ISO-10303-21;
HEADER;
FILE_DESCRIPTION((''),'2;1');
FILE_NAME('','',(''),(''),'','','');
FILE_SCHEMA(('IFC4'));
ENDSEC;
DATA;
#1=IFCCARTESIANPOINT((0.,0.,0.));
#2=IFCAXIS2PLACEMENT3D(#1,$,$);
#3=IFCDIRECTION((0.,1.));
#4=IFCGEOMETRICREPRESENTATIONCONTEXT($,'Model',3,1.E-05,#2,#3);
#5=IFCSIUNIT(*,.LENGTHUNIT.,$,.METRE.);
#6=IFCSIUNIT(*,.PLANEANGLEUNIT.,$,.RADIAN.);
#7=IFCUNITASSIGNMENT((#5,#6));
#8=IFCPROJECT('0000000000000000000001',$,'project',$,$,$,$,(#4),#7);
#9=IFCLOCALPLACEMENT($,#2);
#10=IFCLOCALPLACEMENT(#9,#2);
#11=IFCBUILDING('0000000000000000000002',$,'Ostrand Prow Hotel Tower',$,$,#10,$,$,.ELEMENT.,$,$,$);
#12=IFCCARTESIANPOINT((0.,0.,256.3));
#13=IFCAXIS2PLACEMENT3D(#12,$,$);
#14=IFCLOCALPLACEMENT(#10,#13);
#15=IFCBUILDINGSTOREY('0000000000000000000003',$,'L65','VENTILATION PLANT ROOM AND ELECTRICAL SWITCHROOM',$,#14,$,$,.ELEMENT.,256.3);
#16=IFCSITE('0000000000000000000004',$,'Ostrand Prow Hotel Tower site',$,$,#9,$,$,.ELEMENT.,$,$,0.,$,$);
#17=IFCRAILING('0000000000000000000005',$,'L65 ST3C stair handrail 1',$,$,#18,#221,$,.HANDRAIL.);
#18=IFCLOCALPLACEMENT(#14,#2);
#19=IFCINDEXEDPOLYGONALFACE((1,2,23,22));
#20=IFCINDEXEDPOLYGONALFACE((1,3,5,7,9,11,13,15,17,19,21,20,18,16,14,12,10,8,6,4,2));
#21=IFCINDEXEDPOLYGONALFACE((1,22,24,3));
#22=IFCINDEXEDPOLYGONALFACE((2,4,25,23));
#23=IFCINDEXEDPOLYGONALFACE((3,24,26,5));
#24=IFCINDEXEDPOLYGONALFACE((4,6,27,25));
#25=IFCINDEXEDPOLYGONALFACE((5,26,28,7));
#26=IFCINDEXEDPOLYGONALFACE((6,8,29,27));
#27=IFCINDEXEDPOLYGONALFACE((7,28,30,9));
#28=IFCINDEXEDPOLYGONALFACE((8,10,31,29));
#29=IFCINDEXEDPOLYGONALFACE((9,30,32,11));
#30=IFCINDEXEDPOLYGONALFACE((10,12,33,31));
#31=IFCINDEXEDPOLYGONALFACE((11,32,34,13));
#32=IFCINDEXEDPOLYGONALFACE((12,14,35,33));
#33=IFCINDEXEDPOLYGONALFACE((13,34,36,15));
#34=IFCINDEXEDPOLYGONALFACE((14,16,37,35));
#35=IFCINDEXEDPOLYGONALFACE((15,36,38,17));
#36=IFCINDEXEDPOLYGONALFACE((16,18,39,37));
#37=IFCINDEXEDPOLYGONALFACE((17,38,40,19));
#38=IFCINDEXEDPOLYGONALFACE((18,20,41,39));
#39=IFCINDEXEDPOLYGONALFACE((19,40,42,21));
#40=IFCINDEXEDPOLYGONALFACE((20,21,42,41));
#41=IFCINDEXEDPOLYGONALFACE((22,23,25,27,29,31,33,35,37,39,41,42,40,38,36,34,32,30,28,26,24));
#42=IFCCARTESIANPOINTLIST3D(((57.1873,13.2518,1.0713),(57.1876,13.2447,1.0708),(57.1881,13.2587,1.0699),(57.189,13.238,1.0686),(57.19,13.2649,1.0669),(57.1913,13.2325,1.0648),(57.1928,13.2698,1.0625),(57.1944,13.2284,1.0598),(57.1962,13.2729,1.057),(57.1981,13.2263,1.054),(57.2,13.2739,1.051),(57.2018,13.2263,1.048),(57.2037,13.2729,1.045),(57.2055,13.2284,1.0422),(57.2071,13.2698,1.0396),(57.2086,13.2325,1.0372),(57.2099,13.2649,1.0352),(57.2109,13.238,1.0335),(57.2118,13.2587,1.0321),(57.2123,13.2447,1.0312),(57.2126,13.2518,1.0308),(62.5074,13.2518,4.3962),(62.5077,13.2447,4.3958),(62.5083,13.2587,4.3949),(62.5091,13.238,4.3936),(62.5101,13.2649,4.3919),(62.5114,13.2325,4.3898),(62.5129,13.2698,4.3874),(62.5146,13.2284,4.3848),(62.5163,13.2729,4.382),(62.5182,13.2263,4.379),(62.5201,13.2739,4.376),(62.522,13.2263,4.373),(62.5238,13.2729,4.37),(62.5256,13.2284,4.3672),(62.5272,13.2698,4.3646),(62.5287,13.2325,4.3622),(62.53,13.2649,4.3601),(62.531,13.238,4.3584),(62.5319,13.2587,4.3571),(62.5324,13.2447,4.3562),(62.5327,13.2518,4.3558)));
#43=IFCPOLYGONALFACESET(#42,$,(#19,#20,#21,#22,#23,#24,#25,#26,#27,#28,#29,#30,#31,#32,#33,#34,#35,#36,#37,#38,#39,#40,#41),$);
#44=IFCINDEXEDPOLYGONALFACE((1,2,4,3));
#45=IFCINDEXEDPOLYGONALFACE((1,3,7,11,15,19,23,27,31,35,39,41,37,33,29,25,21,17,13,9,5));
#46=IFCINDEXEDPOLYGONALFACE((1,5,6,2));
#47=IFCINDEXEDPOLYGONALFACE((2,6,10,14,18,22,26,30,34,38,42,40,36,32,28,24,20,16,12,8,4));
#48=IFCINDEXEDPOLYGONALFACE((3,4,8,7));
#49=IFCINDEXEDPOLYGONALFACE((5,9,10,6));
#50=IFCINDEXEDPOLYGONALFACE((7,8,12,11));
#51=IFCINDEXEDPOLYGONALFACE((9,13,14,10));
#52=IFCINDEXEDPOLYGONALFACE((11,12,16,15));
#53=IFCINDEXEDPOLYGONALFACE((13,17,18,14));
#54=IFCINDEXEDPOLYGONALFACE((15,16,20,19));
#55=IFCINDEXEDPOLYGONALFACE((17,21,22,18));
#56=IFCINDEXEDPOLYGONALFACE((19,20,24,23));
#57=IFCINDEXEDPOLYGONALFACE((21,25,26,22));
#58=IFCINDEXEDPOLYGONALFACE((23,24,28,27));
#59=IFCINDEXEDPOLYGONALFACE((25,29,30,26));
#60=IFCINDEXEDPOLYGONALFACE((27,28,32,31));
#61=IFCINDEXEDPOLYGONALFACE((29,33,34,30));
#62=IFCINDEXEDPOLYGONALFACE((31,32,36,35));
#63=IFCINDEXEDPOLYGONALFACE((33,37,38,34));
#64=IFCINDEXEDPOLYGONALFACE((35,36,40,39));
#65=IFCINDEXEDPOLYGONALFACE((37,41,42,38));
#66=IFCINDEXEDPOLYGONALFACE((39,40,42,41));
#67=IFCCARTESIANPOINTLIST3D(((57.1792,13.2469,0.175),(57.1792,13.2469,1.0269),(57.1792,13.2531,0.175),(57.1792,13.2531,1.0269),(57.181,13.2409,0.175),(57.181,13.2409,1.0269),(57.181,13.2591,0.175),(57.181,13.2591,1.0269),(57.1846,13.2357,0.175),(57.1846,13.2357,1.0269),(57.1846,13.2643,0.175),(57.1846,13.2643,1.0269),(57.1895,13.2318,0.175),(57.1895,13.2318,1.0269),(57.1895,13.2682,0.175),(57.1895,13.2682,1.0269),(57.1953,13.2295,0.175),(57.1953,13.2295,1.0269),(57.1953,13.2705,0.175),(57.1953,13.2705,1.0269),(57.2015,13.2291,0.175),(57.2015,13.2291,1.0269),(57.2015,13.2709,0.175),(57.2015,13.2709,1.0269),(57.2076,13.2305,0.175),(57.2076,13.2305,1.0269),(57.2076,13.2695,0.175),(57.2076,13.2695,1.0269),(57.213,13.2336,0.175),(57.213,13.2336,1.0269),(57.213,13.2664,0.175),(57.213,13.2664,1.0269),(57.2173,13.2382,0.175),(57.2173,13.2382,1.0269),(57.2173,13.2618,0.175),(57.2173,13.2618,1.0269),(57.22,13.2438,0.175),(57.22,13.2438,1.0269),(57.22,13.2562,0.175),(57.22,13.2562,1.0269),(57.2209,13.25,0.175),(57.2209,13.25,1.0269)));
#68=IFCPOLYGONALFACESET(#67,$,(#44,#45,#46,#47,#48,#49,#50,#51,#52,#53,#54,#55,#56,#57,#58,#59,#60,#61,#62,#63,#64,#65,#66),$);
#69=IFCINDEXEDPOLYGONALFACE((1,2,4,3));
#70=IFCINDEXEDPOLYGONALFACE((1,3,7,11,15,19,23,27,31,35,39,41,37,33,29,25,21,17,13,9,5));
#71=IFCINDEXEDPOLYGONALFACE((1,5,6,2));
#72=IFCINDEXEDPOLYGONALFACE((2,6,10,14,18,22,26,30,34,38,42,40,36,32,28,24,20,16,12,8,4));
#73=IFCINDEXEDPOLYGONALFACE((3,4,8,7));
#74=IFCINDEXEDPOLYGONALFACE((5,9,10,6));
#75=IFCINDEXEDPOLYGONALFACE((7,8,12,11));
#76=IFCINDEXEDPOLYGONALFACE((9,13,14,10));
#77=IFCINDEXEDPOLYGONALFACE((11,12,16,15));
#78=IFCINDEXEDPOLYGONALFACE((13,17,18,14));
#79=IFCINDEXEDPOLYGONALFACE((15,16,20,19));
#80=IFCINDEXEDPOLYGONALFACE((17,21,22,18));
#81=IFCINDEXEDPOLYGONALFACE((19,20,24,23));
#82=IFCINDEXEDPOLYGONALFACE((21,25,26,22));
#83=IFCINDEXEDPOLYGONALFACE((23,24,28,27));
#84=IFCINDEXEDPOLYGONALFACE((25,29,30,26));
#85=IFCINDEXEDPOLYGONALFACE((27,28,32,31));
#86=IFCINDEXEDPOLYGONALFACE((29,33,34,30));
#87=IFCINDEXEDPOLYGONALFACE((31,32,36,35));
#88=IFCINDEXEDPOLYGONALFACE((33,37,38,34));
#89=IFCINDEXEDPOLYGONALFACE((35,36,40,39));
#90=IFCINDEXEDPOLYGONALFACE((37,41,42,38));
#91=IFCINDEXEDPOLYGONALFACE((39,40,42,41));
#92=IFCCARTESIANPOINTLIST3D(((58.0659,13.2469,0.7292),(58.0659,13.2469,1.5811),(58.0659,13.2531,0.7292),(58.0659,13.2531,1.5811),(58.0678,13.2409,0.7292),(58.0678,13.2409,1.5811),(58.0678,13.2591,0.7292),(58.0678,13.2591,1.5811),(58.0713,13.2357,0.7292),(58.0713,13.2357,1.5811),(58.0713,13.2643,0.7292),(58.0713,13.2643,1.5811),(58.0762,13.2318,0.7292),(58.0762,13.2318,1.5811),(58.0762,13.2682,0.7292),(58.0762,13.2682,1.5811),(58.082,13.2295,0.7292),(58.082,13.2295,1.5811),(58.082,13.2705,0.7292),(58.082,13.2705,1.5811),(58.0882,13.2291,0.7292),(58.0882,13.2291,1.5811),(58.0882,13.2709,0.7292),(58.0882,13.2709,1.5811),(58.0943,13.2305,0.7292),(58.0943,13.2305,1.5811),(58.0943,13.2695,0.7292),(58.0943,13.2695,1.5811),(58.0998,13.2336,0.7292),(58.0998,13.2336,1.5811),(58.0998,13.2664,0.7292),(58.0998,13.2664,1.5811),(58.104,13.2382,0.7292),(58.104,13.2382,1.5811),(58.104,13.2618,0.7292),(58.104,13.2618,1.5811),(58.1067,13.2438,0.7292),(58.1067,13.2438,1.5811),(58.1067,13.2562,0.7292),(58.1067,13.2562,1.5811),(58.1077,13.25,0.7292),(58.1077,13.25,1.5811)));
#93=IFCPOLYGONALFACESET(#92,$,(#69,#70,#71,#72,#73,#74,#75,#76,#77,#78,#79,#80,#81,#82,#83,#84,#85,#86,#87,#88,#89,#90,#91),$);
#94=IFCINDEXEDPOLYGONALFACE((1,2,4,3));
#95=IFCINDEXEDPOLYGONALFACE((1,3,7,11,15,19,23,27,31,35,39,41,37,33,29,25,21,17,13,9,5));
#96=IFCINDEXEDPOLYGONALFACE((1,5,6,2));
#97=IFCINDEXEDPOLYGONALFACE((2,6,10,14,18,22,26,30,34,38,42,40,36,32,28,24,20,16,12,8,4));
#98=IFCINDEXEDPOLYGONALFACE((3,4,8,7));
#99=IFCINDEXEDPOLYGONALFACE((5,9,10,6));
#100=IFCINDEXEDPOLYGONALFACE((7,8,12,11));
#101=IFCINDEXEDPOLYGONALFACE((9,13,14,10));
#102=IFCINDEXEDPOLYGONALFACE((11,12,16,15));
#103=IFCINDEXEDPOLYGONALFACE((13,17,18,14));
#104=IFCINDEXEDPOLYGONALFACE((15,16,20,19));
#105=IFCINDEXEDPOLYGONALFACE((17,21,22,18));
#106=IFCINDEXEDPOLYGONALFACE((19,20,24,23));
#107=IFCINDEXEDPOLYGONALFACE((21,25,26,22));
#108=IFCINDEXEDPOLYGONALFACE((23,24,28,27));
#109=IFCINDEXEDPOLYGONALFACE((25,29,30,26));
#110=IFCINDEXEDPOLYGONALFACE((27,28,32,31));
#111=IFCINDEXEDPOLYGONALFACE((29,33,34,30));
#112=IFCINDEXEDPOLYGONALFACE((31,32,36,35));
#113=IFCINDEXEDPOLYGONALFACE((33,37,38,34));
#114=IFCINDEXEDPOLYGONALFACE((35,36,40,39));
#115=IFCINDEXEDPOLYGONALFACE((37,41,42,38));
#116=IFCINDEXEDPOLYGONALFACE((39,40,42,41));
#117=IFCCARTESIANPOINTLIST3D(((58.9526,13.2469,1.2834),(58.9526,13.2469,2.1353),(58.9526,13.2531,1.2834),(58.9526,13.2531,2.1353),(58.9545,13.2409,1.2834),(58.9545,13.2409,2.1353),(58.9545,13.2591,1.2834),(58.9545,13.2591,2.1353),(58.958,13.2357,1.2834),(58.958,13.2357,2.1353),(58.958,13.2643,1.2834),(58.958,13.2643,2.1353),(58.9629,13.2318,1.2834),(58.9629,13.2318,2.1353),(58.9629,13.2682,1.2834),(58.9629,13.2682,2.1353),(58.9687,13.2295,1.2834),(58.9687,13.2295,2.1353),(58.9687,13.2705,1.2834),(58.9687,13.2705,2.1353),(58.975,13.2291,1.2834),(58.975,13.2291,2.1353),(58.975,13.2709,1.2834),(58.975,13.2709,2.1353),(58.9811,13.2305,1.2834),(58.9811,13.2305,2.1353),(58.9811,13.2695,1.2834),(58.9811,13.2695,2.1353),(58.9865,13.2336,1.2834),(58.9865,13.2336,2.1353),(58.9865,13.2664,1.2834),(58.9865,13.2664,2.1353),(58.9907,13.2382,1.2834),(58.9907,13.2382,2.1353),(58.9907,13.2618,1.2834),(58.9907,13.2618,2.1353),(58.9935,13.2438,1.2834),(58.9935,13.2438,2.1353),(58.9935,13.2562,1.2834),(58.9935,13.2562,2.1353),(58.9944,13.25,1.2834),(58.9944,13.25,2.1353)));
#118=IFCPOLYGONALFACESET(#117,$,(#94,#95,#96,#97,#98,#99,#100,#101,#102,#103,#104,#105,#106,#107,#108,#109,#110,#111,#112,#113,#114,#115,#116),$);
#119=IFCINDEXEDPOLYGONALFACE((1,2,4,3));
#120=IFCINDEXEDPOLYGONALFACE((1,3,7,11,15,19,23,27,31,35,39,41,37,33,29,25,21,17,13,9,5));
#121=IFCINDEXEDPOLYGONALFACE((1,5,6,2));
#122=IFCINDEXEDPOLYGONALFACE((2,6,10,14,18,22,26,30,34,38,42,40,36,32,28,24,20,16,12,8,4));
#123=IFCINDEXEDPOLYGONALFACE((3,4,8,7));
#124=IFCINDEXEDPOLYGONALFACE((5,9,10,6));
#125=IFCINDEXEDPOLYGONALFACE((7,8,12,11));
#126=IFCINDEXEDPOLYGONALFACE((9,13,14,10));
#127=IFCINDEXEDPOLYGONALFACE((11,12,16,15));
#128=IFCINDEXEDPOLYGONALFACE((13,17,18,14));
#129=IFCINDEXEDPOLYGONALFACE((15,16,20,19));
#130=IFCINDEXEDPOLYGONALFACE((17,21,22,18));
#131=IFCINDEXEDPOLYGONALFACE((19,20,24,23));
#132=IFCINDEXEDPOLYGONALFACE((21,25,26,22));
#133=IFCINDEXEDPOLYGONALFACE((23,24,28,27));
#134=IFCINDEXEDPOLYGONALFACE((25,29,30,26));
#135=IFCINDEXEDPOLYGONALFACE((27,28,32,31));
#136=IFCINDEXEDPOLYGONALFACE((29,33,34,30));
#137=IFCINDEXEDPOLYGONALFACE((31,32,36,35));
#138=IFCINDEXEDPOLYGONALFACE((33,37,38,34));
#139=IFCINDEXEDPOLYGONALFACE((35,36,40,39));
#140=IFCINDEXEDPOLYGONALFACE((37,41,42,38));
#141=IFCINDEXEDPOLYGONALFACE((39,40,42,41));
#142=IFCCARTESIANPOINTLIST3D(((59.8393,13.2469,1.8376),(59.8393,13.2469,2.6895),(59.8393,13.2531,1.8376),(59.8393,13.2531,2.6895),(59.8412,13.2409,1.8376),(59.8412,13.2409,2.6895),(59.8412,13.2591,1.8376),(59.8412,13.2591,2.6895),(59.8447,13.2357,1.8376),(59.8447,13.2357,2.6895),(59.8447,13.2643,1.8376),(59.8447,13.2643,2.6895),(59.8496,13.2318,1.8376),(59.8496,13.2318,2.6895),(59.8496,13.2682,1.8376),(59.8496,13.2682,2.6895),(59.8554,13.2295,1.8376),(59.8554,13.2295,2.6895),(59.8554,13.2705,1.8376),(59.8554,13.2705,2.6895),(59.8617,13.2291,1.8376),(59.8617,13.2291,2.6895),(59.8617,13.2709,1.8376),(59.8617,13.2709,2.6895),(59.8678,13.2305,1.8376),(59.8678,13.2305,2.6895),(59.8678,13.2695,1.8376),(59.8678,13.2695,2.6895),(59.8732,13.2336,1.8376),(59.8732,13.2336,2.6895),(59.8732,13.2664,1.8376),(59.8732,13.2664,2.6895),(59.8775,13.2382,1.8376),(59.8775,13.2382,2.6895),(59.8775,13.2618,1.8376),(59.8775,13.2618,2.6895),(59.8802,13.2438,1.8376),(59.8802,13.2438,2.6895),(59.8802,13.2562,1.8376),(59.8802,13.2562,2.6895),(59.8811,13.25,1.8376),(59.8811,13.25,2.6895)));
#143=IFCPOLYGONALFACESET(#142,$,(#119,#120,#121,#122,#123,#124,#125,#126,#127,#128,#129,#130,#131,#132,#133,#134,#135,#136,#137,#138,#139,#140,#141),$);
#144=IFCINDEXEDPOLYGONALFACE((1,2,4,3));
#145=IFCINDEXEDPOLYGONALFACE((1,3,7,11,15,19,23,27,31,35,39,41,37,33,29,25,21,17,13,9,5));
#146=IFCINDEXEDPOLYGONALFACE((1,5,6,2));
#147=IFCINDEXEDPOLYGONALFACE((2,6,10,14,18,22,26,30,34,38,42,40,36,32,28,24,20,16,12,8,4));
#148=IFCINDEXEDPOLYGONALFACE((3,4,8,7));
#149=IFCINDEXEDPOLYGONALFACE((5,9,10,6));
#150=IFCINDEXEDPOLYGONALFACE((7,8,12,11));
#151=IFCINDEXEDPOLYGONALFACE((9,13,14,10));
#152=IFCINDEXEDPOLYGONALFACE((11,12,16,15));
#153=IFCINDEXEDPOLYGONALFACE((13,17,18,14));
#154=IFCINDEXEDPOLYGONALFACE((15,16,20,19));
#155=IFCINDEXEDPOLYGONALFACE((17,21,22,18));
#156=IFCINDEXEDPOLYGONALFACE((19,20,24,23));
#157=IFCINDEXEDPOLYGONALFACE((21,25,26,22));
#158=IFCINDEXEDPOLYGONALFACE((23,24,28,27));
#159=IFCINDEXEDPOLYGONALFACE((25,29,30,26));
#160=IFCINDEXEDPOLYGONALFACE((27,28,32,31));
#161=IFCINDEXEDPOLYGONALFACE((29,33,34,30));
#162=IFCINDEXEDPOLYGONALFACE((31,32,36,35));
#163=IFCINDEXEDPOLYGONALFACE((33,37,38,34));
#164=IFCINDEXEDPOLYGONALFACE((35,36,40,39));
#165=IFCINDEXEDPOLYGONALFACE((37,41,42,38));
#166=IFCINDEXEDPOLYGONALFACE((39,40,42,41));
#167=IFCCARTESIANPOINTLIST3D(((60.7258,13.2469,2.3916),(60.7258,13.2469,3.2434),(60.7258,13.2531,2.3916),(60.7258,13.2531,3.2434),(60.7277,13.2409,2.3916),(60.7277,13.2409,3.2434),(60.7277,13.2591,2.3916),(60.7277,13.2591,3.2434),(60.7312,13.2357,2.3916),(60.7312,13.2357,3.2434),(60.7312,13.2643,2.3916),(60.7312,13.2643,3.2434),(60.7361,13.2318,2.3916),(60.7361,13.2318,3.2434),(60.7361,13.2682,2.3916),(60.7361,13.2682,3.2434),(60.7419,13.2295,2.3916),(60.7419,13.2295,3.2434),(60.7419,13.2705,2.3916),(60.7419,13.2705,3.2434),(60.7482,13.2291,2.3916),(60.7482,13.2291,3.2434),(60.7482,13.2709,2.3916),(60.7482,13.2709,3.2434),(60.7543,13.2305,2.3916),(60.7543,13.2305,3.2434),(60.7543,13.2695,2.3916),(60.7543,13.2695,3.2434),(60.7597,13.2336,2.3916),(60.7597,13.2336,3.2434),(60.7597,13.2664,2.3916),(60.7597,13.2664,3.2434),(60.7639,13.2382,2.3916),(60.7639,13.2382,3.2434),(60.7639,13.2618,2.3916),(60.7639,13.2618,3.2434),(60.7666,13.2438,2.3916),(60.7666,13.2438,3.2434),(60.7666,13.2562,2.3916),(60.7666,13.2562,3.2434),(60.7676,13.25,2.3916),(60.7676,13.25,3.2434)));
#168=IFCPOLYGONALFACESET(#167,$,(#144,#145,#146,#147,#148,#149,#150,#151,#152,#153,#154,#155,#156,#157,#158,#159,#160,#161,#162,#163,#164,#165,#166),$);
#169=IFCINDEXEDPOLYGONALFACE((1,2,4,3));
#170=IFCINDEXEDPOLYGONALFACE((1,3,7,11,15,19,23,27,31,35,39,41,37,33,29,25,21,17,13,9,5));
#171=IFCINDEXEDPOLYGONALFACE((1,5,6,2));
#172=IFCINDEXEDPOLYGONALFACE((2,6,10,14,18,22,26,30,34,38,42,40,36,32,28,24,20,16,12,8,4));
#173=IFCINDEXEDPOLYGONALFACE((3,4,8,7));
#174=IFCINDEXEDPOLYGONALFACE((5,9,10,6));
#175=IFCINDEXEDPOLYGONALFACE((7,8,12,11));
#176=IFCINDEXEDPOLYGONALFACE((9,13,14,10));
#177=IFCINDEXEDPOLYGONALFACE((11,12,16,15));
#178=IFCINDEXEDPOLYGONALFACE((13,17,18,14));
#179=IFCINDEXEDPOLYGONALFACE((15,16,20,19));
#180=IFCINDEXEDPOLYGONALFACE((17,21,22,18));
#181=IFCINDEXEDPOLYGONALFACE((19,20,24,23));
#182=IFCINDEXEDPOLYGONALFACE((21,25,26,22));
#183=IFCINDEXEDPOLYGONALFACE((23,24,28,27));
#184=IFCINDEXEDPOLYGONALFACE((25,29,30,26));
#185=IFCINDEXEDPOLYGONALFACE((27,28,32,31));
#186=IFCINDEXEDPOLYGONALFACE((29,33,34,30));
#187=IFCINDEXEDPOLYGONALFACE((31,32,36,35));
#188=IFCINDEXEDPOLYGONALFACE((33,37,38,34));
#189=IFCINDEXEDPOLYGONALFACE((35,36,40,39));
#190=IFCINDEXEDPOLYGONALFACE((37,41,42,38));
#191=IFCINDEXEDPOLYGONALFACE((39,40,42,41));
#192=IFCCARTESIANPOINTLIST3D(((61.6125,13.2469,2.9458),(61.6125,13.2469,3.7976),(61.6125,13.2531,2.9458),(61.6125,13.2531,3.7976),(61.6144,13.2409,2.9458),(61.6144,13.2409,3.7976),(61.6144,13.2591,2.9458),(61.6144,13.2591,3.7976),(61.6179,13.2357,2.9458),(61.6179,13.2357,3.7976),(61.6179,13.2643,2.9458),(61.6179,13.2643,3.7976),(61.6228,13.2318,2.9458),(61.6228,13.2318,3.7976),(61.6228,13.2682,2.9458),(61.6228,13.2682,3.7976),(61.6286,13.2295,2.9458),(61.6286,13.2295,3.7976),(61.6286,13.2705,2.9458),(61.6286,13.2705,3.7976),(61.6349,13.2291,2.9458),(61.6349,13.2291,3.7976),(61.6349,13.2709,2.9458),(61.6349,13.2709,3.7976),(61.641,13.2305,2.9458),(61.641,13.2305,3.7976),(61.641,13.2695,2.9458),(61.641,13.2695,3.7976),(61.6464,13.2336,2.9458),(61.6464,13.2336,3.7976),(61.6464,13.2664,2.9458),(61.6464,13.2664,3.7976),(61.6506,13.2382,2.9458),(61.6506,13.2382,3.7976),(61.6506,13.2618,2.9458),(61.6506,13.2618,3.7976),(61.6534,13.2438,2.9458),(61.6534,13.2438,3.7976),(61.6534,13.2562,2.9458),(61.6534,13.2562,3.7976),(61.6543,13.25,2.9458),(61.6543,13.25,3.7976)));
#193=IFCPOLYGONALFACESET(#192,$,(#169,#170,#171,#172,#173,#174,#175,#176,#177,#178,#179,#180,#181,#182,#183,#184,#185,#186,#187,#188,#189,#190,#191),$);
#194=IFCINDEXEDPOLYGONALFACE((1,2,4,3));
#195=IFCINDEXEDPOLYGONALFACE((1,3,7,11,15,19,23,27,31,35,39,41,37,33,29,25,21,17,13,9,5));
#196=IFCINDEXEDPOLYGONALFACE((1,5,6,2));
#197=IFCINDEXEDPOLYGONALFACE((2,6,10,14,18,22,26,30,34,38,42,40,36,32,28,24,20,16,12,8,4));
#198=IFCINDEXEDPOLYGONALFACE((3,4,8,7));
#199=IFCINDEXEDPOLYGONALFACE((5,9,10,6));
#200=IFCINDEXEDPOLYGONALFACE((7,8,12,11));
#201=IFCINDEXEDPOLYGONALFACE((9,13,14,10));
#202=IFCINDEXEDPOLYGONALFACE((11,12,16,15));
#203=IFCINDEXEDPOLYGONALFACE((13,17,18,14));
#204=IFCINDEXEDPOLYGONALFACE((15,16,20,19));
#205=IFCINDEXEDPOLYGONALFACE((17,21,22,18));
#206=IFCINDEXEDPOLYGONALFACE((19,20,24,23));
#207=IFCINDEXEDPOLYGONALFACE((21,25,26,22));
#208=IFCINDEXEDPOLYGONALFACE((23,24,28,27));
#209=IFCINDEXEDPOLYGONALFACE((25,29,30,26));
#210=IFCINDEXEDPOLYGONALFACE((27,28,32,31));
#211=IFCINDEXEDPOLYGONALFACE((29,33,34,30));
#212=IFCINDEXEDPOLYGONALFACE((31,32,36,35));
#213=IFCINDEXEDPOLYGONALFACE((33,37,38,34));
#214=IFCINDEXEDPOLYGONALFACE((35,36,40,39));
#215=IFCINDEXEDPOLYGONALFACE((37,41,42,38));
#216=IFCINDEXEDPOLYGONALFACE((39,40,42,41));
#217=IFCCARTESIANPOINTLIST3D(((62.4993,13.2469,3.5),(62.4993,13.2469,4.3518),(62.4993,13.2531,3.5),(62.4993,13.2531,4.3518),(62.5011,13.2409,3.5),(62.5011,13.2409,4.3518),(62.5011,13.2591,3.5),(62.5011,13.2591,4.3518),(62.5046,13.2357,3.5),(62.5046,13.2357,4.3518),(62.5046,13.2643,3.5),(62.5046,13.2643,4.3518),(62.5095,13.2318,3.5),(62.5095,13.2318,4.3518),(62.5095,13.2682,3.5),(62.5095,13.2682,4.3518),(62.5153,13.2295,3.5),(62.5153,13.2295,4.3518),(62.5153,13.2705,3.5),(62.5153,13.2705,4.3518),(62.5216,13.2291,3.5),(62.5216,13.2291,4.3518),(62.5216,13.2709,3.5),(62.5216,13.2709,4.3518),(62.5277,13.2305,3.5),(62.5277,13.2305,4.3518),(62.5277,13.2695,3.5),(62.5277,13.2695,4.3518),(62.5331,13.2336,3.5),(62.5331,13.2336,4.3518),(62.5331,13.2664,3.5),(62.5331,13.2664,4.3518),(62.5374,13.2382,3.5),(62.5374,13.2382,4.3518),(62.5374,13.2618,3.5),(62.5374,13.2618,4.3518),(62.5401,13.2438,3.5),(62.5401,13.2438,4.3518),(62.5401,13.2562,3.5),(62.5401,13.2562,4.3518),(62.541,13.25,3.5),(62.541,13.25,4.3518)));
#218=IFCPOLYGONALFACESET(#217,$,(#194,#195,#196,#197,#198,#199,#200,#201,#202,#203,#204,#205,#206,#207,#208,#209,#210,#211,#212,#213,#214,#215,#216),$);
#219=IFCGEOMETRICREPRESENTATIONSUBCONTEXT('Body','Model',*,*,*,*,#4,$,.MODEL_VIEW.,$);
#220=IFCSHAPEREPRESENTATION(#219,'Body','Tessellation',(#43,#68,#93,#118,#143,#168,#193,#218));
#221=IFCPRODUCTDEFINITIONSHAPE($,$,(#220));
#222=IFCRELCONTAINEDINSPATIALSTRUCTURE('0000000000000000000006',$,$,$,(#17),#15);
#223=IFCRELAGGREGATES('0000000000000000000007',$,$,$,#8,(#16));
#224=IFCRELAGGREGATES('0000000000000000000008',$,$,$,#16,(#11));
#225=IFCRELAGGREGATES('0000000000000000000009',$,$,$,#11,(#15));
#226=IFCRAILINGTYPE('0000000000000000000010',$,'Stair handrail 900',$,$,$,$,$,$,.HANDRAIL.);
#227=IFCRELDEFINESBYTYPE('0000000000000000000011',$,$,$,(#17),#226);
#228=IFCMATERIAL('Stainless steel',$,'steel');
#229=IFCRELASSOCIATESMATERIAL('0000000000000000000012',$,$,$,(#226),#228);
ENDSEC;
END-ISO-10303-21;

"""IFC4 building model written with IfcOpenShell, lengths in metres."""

from ifc_helpers import new_model, si_unit, direction, frame, origin, origin_2d, place, context, subcontext, project, spatial, circle, extrude, material, type_object, element, save


model = new_model("IFC4")

# Units and contexts
model_context = context("Model", 3, precision=1e-05, world=origin(), true_north=direction((0.0, 1.0)))
body_context = subcontext(model_context, "Body", "Model", "MODEL_VIEW")
ifc_project = project(units=[si_unit("LENGTHUNIT", "METRE"), si_unit("PLANEANGLEUNIT", "RADIAN")], contexts=[model_context])

# Site, building, storey
site_placement = place(None, origin())
site = spatial("IfcSite", under=ifc_project, at=site_placement, Name="Ostrand Prow Hotel Tower site", CompositionType="ELEMENT", RefElevation=0.0)
building_placement = place(site_placement, origin())
building = spatial("IfcBuilding", under=site, at=building_placement, Name="Ostrand Prow Hotel Tower", CompositionType="ELEMENT")
storey_placement = place(building_placement, frame((0.0, 0.0, 256.3)))
storey = spatial("IfcBuildingStorey", under=building, at=storey_placement, Name="L65", Description="VENTILATION PLANT ROOM AND ELECTRICAL SWITCHROOM", CompositionType="ELEMENT", Elevation=256.3)

# Railing
ifc_material_1 = material(Name="Stainless steel", Category="steel")
railing_type_1 = type_object("IfcRailingType", Name="Stair handrail 900", PredefinedType="HANDRAIL", material=ifc_material_1)
railing_1_placement = place(storey_placement, frame((57.2, 13.25, 0.175)))
element("IfcRailing", 1, at=railing_1_placement, inside=storey, type_object=railing_type_1, Name="L65 ST3C stair handrail 1", PredefinedType="HANDRAIL", context=body_context, shape_type="SweptSolid", body=[
    extrude(circle(Radius=0.0239, at=origin_2d()), frame((0.0, 0.0, 0.876), z_axis=(0.848005, 0.0, 0.529988), x_axis=(0.0, 1.0, 0.0)), (0.0, 0.0, 1.0), 6.2737),
    extrude(circle(Radius=0.021, at=origin_2d()), origin(), (0.0, 0.0, 1.0), 0.8518),
    extrude(circle(Radius=0.021, at=origin_2d()), frame((0.8867, 0.0, 0.5542)), (0.0, 0.0, 1.0), 0.8518),
    extrude(circle(Radius=0.021, at=origin_2d()), frame((1.7734, 0.0, 1.1084)), (0.0, 0.0, 1.0), 0.8518),
    extrude(circle(Radius=0.021, at=origin_2d()), frame((2.6602, 0.0, 1.6626)), (0.0, 0.0, 1.0), 0.8518),
    extrude(circle(Radius=0.021, at=origin_2d()), frame((3.5466, 0.0, 2.2166)), (0.0, 0.0, 1.0), 0.8518),
    extrude(circle(Radius=0.021, at=origin_2d()), frame((4.4333, 0.0, 2.7708)), (0.0, 0.0, 1.0), 0.8518),
    extrude(circle(Radius=0.021, at=origin_2d()), frame((5.3201, 0.0, 3.325)), (0.0, 0.0, 1.0), 0.8518),
])

save(model, "model.ifc")
